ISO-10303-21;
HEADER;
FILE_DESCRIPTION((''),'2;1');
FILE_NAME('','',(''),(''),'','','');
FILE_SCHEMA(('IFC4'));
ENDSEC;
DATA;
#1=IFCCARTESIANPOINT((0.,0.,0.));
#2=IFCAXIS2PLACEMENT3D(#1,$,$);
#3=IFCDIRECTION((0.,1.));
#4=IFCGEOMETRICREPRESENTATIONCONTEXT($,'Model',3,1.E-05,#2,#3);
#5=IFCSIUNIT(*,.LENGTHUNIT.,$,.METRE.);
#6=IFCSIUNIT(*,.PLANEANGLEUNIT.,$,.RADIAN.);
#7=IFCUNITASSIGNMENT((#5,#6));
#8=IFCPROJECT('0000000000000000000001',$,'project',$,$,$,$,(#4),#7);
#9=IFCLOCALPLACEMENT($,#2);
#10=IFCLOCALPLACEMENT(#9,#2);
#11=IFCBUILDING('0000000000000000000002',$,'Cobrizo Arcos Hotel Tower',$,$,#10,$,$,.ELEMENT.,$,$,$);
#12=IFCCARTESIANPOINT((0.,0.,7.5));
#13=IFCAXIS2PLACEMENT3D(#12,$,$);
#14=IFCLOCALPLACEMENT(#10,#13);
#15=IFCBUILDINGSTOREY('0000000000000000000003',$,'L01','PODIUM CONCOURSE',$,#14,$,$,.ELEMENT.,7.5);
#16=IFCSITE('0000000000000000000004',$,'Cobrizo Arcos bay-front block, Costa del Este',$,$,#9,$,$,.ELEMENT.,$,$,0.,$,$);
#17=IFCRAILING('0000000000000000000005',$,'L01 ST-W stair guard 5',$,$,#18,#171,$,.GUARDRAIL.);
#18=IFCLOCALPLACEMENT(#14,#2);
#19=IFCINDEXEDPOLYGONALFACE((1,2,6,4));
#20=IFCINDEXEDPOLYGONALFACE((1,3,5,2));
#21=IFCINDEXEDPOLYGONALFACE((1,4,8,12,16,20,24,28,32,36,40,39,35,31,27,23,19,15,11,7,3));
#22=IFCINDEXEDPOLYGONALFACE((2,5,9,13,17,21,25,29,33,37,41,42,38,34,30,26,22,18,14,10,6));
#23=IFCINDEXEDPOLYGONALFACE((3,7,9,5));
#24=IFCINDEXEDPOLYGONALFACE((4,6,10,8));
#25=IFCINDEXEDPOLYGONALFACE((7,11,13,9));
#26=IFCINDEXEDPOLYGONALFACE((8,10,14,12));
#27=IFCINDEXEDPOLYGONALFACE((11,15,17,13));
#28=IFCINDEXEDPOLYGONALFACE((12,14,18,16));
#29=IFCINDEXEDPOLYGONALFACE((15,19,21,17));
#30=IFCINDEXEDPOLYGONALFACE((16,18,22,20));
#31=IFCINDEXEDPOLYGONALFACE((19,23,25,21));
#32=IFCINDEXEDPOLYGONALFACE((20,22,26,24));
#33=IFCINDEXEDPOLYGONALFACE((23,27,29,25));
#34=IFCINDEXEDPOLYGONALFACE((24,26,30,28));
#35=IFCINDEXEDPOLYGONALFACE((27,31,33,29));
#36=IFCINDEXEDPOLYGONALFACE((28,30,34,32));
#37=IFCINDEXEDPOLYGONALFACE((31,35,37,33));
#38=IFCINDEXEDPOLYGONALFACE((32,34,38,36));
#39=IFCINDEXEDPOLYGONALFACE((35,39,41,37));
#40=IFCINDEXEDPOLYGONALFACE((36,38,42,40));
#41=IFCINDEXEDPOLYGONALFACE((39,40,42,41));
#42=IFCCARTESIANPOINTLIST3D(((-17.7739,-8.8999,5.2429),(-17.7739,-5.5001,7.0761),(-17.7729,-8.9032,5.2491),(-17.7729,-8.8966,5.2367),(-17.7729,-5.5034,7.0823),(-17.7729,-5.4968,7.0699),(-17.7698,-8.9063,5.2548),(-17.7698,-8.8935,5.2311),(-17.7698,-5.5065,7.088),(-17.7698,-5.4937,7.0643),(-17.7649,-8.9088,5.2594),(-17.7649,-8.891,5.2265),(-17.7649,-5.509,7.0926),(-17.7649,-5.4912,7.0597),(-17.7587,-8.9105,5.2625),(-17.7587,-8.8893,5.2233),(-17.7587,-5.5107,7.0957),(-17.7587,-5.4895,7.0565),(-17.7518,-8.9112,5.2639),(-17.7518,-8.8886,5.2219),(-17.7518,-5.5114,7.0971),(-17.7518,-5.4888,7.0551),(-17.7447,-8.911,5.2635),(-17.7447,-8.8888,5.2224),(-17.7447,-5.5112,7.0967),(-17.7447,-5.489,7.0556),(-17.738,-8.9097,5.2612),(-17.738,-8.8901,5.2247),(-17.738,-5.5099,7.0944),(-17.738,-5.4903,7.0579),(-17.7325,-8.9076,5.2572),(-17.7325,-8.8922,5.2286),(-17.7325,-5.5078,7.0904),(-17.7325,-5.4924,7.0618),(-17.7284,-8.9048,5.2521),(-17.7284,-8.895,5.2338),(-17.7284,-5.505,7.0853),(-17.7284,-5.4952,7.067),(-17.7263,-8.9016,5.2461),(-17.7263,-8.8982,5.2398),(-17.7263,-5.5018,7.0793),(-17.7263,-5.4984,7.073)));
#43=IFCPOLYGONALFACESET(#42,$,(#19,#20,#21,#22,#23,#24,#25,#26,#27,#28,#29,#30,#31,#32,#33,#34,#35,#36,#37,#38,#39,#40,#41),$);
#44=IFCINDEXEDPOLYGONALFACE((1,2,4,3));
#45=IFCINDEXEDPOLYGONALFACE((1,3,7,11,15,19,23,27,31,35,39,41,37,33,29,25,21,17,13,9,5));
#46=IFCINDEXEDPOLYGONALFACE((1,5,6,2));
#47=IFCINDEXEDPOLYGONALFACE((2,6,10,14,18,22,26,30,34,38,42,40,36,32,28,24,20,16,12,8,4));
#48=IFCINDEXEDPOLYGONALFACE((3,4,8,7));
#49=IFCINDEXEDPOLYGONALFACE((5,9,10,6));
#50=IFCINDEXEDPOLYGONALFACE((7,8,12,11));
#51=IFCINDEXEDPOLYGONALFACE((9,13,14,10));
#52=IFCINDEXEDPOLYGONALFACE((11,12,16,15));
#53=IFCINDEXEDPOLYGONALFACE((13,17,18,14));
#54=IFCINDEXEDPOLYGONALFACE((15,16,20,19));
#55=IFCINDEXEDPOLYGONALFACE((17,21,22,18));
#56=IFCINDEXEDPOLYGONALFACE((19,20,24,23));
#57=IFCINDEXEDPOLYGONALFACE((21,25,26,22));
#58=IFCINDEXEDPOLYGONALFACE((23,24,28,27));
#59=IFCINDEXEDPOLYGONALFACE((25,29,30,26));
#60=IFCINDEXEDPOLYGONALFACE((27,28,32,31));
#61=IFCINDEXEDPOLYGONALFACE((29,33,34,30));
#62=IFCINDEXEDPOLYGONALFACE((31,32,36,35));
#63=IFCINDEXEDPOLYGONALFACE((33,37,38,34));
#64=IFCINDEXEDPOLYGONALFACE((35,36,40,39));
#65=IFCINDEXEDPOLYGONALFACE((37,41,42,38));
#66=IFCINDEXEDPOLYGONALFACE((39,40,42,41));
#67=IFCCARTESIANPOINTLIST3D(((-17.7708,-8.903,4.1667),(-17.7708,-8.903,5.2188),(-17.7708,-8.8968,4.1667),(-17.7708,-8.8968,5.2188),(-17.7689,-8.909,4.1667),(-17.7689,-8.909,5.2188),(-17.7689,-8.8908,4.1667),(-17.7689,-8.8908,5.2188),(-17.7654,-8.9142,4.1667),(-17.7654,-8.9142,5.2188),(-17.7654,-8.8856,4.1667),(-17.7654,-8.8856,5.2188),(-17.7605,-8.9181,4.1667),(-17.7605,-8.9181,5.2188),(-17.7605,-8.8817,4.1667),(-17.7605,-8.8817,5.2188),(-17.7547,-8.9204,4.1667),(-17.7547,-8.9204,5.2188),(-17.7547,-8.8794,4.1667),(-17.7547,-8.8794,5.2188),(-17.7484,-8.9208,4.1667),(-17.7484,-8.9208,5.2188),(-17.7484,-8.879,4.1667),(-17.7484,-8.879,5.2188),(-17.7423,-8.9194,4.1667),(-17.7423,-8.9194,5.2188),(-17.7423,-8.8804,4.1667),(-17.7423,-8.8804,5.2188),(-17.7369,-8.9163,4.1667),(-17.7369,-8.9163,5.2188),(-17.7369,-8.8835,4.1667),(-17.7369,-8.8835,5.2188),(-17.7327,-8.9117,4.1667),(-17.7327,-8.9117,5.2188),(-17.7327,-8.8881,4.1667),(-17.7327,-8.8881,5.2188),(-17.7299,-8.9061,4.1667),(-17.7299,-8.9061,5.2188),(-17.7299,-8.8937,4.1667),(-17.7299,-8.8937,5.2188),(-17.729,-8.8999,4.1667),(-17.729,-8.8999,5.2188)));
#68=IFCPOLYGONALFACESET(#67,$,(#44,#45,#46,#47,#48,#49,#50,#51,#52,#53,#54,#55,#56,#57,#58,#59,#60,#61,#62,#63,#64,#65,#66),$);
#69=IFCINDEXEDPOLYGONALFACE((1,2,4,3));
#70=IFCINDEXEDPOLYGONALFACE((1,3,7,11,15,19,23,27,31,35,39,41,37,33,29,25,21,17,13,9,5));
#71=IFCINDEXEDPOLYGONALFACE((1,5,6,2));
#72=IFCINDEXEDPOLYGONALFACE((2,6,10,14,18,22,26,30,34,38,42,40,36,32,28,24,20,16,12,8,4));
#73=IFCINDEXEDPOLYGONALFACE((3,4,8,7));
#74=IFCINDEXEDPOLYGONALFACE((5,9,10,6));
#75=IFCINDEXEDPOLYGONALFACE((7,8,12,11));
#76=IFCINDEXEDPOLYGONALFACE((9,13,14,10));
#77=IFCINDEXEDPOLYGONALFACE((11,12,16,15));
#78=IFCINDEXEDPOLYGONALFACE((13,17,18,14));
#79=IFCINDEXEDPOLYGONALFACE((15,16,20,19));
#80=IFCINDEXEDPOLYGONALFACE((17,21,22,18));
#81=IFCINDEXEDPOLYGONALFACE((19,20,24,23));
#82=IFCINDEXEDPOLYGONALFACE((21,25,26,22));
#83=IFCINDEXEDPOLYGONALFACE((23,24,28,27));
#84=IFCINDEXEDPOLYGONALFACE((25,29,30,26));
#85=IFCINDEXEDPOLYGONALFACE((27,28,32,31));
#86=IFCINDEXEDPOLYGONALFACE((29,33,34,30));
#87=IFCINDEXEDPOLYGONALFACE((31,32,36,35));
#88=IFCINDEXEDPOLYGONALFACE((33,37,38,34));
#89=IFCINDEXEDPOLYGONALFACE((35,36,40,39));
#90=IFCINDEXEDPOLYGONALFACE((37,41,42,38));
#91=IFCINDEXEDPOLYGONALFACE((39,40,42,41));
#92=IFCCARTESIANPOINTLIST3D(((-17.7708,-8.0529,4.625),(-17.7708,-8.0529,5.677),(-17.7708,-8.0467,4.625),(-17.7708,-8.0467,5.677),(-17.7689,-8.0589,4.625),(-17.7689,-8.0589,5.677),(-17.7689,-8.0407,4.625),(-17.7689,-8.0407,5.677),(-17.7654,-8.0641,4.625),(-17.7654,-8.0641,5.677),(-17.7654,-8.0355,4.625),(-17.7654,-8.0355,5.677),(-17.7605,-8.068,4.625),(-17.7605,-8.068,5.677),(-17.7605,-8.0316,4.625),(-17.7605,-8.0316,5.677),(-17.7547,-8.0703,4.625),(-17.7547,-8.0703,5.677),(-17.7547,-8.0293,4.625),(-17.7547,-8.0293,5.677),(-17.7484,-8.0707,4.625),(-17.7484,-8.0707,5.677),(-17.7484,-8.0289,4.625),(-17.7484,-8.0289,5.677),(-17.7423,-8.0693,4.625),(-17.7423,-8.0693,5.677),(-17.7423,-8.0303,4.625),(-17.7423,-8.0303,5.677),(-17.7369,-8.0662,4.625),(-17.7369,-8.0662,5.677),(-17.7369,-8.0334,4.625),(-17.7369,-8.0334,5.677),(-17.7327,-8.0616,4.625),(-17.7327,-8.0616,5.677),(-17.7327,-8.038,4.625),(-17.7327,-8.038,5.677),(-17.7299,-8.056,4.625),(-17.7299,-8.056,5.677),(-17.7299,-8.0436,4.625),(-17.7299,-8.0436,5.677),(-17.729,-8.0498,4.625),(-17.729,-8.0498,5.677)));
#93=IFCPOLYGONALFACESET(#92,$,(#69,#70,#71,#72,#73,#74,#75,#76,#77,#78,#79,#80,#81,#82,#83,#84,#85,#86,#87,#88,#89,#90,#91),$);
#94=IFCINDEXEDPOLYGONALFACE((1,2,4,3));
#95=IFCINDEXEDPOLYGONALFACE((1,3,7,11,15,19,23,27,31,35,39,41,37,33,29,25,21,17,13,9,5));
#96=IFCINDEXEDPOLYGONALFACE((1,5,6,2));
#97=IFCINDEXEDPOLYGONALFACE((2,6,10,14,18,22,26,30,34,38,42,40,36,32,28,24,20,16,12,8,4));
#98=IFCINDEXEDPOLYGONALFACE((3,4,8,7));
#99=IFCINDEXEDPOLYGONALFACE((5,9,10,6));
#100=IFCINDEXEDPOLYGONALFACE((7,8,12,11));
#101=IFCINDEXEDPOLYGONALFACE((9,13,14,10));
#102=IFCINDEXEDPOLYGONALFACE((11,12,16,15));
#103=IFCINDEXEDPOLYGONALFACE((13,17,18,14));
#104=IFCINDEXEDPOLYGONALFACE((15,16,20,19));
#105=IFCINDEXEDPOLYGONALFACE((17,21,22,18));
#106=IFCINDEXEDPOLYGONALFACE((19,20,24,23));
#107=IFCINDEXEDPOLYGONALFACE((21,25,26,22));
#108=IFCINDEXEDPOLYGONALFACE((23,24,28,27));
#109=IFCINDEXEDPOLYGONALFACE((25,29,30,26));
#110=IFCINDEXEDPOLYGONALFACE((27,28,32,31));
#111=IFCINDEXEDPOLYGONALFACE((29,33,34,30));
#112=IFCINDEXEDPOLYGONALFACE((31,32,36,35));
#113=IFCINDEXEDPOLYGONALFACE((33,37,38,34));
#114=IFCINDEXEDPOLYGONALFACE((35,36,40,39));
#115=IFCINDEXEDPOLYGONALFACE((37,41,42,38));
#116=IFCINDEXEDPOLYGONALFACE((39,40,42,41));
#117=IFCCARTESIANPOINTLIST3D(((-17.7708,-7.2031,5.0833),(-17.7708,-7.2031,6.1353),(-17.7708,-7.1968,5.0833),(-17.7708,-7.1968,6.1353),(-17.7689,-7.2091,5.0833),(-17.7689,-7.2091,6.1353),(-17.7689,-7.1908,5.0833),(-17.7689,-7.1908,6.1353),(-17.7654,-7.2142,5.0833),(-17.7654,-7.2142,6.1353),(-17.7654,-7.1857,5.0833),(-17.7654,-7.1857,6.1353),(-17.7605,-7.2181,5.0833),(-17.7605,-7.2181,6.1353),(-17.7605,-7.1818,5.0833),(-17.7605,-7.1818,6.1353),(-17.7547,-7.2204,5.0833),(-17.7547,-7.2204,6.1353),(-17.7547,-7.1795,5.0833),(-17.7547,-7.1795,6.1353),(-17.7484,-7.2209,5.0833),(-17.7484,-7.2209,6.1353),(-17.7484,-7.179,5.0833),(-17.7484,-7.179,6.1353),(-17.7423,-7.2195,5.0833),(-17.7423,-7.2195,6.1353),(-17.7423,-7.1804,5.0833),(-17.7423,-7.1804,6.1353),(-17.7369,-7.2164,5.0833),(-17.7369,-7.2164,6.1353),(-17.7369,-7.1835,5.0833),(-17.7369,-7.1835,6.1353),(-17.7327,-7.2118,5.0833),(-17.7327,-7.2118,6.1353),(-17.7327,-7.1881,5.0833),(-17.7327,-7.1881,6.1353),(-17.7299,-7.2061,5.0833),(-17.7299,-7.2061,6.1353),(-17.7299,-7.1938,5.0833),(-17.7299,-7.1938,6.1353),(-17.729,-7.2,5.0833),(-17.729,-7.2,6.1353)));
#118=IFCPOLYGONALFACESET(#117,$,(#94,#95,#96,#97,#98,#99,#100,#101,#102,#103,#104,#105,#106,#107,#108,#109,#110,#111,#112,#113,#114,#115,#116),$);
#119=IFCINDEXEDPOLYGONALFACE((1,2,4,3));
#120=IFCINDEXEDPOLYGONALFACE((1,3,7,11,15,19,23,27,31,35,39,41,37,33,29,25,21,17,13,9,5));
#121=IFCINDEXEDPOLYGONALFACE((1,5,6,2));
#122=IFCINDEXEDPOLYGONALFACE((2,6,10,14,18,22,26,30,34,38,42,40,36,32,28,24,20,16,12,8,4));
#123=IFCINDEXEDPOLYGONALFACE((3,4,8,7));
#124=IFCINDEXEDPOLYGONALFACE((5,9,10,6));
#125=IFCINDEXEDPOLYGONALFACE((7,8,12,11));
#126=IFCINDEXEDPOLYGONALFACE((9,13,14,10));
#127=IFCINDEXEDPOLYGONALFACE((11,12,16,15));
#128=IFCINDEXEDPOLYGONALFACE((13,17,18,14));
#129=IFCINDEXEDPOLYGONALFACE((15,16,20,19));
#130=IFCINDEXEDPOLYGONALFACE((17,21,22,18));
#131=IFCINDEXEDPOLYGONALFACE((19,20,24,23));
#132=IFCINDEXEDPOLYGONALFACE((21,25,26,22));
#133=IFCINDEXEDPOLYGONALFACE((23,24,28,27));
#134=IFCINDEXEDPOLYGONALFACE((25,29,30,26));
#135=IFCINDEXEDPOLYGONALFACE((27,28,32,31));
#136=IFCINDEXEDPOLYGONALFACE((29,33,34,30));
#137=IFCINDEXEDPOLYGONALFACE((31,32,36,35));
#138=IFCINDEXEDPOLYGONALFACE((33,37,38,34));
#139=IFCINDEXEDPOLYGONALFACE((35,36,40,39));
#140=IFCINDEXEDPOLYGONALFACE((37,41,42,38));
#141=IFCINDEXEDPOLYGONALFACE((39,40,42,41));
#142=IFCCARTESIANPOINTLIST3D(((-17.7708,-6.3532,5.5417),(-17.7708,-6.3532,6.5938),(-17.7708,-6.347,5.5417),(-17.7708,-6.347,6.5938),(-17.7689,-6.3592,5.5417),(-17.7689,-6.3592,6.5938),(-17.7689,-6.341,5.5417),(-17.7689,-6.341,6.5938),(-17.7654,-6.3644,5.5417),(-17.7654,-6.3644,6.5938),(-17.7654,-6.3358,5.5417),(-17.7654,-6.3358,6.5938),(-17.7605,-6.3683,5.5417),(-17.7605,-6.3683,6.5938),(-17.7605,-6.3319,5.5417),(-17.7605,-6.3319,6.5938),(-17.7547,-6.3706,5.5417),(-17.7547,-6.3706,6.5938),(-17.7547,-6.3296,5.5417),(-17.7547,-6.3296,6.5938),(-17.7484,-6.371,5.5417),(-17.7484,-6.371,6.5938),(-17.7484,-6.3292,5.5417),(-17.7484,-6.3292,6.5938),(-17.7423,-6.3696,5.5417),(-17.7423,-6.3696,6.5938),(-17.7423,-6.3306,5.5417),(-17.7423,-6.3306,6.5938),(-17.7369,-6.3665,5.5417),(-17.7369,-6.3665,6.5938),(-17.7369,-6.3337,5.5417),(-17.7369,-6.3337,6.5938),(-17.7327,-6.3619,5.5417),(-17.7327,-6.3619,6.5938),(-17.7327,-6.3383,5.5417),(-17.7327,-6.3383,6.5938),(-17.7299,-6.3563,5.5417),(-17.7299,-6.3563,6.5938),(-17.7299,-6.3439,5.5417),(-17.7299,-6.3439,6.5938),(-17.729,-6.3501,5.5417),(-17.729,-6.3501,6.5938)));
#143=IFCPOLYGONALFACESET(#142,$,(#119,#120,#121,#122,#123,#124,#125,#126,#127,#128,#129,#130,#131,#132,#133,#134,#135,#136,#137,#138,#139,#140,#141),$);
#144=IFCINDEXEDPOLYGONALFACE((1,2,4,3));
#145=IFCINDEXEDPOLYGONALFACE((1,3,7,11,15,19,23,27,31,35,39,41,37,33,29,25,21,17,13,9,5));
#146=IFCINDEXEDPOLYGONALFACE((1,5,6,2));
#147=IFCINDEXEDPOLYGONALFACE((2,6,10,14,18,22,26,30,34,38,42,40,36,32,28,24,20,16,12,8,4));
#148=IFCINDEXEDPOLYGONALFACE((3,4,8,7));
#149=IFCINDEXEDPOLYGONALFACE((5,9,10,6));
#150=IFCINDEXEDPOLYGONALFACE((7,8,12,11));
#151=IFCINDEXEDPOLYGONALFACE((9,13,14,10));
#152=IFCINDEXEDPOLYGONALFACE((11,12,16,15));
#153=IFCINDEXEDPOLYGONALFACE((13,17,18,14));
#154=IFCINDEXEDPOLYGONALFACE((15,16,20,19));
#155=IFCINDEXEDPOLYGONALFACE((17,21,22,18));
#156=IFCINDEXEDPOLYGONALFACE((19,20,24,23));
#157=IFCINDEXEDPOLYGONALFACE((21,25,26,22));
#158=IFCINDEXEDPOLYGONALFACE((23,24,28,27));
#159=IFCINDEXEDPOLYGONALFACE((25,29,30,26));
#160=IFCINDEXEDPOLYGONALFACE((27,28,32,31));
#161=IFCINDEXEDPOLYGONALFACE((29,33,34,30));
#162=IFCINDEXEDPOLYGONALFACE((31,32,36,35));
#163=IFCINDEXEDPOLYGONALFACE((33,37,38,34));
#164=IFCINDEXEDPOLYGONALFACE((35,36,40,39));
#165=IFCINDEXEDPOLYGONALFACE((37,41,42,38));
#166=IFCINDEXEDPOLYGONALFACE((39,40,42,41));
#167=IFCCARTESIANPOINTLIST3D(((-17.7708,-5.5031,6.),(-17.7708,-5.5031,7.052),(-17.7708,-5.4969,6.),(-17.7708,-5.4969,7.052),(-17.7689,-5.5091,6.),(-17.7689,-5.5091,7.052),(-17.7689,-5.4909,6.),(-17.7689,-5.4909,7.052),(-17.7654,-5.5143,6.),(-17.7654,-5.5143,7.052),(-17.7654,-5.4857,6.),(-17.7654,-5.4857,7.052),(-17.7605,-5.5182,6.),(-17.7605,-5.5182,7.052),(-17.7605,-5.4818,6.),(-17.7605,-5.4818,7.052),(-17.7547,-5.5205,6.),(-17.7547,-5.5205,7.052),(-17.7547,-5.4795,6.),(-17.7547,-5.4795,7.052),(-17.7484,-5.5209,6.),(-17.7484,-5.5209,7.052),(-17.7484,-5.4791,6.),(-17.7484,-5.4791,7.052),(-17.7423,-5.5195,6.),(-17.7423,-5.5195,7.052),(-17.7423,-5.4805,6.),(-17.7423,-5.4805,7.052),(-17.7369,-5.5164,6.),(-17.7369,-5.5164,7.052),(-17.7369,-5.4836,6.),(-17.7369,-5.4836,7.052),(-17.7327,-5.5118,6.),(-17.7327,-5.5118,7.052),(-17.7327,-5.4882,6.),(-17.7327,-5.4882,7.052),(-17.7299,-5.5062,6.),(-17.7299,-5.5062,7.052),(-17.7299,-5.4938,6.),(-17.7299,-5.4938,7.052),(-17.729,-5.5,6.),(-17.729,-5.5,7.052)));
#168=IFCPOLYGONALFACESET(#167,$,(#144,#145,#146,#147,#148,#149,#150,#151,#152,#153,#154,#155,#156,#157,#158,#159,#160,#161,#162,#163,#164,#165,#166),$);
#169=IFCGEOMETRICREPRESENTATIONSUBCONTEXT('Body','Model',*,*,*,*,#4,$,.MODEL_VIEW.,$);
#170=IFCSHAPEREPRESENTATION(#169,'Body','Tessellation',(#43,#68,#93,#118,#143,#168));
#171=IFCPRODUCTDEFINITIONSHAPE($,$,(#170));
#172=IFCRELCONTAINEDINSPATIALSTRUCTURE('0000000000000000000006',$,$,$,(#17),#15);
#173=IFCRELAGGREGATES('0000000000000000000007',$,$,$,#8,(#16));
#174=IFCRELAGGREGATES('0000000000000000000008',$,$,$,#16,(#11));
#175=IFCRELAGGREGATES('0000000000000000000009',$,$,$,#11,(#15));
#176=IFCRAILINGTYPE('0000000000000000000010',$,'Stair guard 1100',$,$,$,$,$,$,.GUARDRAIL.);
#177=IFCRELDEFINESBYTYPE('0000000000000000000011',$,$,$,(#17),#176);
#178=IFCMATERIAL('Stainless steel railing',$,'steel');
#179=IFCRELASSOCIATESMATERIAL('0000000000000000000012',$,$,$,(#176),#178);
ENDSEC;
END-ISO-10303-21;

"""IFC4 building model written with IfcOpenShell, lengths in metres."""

from ifc_helpers import new_model, si_unit, direction, frame, origin, origin_2d, place, context, subcontext, project, spatial, circle, extrude, material, type_object, element, save


model = new_model("IFC4")

# Units and contexts
model_context = context("Model", 3, precision=1e-05, world=origin(), true_north=direction((0.0, 1.0)))
body_context = subcontext(model_context, "Body", "Model", "MODEL_VIEW")
ifc_project = project(units=[si_unit("LENGTHUNIT", "METRE"), si_unit("PLANEANGLEUNIT", "RADIAN")], contexts=[model_context])

# Site, building, storey
site_placement = place(None, origin())
site = spatial("IfcSite", under=ifc_project, at=site_placement, Name="Cobrizo Arcos bay-front block, Costa del Este", CompositionType="ELEMENT", RefElevation=0.0)
building_placement = place(site_placement, origin())
building = spatial("IfcBuilding", under=site, at=building_placement, Name="Cobrizo Arcos Hotel Tower", CompositionType="ELEMENT")
storey_placement = place(building_placement, frame((0.0, 0.0, 7.5)))
storey = spatial("IfcBuildingStorey", under=building, at=storey_placement, Name="L01", Description="PODIUM CONCOURSE", CompositionType="ELEMENT", Elevation=7.5)

# Railing
ifc_material_1 = material(Name="Stainless steel railing", Category="steel")
railing_type_1 = type_object("IfcRailingType", Name="Stair guard 1100", PredefinedType="GUARDRAIL", material=ifc_material_1)
railing_1_placement = place(storey_placement, frame((-17.75, -8.8999, 4.1667)))
element("IfcRailing", 1, at=railing_1_placement, inside=storey, type_object=railing_type_1, Name="L01 ST-W stair guard 5", PredefinedType="GUARDRAIL", context=body_context, shape_type="SweptSolid", body=[
    extrude(circle(Radius=0.0239, at=origin_2d()), frame((0.0, 0.0, 1.0762), z_axis=(0.0, 0.880197, 0.474609), x_axis=(-1.0, 0.0, 0.0)), (0.0, 0.0, 1.0), 3.8625),
    extrude(circle(Radius=0.021, at=origin_2d()), origin(), (0.0, 0.0, 1.0), 1.052),
    extrude(circle(Radius=0.021, at=origin_2d()), frame((0.0, 0.8501, 0.4583)), (0.0, 0.0, 1.0), 1.052),
    extrude(circle(Radius=0.021, at=origin_2d()), frame((0.0, 1.7, 0.9165)), (0.0, 0.0, 1.0), 1.052),
    extrude(circle(Radius=0.021, at=origin_2d()), frame((0.0, 2.5498, 1.375)), (0.0, 0.0, 1.0), 1.052),
    extrude(circle(Radius=0.021, at=origin_2d()), frame((0.0, 3.3999, 1.8333)), (0.0, 0.0, 1.0), 1.052),
])

save(model, "model.ifc")
